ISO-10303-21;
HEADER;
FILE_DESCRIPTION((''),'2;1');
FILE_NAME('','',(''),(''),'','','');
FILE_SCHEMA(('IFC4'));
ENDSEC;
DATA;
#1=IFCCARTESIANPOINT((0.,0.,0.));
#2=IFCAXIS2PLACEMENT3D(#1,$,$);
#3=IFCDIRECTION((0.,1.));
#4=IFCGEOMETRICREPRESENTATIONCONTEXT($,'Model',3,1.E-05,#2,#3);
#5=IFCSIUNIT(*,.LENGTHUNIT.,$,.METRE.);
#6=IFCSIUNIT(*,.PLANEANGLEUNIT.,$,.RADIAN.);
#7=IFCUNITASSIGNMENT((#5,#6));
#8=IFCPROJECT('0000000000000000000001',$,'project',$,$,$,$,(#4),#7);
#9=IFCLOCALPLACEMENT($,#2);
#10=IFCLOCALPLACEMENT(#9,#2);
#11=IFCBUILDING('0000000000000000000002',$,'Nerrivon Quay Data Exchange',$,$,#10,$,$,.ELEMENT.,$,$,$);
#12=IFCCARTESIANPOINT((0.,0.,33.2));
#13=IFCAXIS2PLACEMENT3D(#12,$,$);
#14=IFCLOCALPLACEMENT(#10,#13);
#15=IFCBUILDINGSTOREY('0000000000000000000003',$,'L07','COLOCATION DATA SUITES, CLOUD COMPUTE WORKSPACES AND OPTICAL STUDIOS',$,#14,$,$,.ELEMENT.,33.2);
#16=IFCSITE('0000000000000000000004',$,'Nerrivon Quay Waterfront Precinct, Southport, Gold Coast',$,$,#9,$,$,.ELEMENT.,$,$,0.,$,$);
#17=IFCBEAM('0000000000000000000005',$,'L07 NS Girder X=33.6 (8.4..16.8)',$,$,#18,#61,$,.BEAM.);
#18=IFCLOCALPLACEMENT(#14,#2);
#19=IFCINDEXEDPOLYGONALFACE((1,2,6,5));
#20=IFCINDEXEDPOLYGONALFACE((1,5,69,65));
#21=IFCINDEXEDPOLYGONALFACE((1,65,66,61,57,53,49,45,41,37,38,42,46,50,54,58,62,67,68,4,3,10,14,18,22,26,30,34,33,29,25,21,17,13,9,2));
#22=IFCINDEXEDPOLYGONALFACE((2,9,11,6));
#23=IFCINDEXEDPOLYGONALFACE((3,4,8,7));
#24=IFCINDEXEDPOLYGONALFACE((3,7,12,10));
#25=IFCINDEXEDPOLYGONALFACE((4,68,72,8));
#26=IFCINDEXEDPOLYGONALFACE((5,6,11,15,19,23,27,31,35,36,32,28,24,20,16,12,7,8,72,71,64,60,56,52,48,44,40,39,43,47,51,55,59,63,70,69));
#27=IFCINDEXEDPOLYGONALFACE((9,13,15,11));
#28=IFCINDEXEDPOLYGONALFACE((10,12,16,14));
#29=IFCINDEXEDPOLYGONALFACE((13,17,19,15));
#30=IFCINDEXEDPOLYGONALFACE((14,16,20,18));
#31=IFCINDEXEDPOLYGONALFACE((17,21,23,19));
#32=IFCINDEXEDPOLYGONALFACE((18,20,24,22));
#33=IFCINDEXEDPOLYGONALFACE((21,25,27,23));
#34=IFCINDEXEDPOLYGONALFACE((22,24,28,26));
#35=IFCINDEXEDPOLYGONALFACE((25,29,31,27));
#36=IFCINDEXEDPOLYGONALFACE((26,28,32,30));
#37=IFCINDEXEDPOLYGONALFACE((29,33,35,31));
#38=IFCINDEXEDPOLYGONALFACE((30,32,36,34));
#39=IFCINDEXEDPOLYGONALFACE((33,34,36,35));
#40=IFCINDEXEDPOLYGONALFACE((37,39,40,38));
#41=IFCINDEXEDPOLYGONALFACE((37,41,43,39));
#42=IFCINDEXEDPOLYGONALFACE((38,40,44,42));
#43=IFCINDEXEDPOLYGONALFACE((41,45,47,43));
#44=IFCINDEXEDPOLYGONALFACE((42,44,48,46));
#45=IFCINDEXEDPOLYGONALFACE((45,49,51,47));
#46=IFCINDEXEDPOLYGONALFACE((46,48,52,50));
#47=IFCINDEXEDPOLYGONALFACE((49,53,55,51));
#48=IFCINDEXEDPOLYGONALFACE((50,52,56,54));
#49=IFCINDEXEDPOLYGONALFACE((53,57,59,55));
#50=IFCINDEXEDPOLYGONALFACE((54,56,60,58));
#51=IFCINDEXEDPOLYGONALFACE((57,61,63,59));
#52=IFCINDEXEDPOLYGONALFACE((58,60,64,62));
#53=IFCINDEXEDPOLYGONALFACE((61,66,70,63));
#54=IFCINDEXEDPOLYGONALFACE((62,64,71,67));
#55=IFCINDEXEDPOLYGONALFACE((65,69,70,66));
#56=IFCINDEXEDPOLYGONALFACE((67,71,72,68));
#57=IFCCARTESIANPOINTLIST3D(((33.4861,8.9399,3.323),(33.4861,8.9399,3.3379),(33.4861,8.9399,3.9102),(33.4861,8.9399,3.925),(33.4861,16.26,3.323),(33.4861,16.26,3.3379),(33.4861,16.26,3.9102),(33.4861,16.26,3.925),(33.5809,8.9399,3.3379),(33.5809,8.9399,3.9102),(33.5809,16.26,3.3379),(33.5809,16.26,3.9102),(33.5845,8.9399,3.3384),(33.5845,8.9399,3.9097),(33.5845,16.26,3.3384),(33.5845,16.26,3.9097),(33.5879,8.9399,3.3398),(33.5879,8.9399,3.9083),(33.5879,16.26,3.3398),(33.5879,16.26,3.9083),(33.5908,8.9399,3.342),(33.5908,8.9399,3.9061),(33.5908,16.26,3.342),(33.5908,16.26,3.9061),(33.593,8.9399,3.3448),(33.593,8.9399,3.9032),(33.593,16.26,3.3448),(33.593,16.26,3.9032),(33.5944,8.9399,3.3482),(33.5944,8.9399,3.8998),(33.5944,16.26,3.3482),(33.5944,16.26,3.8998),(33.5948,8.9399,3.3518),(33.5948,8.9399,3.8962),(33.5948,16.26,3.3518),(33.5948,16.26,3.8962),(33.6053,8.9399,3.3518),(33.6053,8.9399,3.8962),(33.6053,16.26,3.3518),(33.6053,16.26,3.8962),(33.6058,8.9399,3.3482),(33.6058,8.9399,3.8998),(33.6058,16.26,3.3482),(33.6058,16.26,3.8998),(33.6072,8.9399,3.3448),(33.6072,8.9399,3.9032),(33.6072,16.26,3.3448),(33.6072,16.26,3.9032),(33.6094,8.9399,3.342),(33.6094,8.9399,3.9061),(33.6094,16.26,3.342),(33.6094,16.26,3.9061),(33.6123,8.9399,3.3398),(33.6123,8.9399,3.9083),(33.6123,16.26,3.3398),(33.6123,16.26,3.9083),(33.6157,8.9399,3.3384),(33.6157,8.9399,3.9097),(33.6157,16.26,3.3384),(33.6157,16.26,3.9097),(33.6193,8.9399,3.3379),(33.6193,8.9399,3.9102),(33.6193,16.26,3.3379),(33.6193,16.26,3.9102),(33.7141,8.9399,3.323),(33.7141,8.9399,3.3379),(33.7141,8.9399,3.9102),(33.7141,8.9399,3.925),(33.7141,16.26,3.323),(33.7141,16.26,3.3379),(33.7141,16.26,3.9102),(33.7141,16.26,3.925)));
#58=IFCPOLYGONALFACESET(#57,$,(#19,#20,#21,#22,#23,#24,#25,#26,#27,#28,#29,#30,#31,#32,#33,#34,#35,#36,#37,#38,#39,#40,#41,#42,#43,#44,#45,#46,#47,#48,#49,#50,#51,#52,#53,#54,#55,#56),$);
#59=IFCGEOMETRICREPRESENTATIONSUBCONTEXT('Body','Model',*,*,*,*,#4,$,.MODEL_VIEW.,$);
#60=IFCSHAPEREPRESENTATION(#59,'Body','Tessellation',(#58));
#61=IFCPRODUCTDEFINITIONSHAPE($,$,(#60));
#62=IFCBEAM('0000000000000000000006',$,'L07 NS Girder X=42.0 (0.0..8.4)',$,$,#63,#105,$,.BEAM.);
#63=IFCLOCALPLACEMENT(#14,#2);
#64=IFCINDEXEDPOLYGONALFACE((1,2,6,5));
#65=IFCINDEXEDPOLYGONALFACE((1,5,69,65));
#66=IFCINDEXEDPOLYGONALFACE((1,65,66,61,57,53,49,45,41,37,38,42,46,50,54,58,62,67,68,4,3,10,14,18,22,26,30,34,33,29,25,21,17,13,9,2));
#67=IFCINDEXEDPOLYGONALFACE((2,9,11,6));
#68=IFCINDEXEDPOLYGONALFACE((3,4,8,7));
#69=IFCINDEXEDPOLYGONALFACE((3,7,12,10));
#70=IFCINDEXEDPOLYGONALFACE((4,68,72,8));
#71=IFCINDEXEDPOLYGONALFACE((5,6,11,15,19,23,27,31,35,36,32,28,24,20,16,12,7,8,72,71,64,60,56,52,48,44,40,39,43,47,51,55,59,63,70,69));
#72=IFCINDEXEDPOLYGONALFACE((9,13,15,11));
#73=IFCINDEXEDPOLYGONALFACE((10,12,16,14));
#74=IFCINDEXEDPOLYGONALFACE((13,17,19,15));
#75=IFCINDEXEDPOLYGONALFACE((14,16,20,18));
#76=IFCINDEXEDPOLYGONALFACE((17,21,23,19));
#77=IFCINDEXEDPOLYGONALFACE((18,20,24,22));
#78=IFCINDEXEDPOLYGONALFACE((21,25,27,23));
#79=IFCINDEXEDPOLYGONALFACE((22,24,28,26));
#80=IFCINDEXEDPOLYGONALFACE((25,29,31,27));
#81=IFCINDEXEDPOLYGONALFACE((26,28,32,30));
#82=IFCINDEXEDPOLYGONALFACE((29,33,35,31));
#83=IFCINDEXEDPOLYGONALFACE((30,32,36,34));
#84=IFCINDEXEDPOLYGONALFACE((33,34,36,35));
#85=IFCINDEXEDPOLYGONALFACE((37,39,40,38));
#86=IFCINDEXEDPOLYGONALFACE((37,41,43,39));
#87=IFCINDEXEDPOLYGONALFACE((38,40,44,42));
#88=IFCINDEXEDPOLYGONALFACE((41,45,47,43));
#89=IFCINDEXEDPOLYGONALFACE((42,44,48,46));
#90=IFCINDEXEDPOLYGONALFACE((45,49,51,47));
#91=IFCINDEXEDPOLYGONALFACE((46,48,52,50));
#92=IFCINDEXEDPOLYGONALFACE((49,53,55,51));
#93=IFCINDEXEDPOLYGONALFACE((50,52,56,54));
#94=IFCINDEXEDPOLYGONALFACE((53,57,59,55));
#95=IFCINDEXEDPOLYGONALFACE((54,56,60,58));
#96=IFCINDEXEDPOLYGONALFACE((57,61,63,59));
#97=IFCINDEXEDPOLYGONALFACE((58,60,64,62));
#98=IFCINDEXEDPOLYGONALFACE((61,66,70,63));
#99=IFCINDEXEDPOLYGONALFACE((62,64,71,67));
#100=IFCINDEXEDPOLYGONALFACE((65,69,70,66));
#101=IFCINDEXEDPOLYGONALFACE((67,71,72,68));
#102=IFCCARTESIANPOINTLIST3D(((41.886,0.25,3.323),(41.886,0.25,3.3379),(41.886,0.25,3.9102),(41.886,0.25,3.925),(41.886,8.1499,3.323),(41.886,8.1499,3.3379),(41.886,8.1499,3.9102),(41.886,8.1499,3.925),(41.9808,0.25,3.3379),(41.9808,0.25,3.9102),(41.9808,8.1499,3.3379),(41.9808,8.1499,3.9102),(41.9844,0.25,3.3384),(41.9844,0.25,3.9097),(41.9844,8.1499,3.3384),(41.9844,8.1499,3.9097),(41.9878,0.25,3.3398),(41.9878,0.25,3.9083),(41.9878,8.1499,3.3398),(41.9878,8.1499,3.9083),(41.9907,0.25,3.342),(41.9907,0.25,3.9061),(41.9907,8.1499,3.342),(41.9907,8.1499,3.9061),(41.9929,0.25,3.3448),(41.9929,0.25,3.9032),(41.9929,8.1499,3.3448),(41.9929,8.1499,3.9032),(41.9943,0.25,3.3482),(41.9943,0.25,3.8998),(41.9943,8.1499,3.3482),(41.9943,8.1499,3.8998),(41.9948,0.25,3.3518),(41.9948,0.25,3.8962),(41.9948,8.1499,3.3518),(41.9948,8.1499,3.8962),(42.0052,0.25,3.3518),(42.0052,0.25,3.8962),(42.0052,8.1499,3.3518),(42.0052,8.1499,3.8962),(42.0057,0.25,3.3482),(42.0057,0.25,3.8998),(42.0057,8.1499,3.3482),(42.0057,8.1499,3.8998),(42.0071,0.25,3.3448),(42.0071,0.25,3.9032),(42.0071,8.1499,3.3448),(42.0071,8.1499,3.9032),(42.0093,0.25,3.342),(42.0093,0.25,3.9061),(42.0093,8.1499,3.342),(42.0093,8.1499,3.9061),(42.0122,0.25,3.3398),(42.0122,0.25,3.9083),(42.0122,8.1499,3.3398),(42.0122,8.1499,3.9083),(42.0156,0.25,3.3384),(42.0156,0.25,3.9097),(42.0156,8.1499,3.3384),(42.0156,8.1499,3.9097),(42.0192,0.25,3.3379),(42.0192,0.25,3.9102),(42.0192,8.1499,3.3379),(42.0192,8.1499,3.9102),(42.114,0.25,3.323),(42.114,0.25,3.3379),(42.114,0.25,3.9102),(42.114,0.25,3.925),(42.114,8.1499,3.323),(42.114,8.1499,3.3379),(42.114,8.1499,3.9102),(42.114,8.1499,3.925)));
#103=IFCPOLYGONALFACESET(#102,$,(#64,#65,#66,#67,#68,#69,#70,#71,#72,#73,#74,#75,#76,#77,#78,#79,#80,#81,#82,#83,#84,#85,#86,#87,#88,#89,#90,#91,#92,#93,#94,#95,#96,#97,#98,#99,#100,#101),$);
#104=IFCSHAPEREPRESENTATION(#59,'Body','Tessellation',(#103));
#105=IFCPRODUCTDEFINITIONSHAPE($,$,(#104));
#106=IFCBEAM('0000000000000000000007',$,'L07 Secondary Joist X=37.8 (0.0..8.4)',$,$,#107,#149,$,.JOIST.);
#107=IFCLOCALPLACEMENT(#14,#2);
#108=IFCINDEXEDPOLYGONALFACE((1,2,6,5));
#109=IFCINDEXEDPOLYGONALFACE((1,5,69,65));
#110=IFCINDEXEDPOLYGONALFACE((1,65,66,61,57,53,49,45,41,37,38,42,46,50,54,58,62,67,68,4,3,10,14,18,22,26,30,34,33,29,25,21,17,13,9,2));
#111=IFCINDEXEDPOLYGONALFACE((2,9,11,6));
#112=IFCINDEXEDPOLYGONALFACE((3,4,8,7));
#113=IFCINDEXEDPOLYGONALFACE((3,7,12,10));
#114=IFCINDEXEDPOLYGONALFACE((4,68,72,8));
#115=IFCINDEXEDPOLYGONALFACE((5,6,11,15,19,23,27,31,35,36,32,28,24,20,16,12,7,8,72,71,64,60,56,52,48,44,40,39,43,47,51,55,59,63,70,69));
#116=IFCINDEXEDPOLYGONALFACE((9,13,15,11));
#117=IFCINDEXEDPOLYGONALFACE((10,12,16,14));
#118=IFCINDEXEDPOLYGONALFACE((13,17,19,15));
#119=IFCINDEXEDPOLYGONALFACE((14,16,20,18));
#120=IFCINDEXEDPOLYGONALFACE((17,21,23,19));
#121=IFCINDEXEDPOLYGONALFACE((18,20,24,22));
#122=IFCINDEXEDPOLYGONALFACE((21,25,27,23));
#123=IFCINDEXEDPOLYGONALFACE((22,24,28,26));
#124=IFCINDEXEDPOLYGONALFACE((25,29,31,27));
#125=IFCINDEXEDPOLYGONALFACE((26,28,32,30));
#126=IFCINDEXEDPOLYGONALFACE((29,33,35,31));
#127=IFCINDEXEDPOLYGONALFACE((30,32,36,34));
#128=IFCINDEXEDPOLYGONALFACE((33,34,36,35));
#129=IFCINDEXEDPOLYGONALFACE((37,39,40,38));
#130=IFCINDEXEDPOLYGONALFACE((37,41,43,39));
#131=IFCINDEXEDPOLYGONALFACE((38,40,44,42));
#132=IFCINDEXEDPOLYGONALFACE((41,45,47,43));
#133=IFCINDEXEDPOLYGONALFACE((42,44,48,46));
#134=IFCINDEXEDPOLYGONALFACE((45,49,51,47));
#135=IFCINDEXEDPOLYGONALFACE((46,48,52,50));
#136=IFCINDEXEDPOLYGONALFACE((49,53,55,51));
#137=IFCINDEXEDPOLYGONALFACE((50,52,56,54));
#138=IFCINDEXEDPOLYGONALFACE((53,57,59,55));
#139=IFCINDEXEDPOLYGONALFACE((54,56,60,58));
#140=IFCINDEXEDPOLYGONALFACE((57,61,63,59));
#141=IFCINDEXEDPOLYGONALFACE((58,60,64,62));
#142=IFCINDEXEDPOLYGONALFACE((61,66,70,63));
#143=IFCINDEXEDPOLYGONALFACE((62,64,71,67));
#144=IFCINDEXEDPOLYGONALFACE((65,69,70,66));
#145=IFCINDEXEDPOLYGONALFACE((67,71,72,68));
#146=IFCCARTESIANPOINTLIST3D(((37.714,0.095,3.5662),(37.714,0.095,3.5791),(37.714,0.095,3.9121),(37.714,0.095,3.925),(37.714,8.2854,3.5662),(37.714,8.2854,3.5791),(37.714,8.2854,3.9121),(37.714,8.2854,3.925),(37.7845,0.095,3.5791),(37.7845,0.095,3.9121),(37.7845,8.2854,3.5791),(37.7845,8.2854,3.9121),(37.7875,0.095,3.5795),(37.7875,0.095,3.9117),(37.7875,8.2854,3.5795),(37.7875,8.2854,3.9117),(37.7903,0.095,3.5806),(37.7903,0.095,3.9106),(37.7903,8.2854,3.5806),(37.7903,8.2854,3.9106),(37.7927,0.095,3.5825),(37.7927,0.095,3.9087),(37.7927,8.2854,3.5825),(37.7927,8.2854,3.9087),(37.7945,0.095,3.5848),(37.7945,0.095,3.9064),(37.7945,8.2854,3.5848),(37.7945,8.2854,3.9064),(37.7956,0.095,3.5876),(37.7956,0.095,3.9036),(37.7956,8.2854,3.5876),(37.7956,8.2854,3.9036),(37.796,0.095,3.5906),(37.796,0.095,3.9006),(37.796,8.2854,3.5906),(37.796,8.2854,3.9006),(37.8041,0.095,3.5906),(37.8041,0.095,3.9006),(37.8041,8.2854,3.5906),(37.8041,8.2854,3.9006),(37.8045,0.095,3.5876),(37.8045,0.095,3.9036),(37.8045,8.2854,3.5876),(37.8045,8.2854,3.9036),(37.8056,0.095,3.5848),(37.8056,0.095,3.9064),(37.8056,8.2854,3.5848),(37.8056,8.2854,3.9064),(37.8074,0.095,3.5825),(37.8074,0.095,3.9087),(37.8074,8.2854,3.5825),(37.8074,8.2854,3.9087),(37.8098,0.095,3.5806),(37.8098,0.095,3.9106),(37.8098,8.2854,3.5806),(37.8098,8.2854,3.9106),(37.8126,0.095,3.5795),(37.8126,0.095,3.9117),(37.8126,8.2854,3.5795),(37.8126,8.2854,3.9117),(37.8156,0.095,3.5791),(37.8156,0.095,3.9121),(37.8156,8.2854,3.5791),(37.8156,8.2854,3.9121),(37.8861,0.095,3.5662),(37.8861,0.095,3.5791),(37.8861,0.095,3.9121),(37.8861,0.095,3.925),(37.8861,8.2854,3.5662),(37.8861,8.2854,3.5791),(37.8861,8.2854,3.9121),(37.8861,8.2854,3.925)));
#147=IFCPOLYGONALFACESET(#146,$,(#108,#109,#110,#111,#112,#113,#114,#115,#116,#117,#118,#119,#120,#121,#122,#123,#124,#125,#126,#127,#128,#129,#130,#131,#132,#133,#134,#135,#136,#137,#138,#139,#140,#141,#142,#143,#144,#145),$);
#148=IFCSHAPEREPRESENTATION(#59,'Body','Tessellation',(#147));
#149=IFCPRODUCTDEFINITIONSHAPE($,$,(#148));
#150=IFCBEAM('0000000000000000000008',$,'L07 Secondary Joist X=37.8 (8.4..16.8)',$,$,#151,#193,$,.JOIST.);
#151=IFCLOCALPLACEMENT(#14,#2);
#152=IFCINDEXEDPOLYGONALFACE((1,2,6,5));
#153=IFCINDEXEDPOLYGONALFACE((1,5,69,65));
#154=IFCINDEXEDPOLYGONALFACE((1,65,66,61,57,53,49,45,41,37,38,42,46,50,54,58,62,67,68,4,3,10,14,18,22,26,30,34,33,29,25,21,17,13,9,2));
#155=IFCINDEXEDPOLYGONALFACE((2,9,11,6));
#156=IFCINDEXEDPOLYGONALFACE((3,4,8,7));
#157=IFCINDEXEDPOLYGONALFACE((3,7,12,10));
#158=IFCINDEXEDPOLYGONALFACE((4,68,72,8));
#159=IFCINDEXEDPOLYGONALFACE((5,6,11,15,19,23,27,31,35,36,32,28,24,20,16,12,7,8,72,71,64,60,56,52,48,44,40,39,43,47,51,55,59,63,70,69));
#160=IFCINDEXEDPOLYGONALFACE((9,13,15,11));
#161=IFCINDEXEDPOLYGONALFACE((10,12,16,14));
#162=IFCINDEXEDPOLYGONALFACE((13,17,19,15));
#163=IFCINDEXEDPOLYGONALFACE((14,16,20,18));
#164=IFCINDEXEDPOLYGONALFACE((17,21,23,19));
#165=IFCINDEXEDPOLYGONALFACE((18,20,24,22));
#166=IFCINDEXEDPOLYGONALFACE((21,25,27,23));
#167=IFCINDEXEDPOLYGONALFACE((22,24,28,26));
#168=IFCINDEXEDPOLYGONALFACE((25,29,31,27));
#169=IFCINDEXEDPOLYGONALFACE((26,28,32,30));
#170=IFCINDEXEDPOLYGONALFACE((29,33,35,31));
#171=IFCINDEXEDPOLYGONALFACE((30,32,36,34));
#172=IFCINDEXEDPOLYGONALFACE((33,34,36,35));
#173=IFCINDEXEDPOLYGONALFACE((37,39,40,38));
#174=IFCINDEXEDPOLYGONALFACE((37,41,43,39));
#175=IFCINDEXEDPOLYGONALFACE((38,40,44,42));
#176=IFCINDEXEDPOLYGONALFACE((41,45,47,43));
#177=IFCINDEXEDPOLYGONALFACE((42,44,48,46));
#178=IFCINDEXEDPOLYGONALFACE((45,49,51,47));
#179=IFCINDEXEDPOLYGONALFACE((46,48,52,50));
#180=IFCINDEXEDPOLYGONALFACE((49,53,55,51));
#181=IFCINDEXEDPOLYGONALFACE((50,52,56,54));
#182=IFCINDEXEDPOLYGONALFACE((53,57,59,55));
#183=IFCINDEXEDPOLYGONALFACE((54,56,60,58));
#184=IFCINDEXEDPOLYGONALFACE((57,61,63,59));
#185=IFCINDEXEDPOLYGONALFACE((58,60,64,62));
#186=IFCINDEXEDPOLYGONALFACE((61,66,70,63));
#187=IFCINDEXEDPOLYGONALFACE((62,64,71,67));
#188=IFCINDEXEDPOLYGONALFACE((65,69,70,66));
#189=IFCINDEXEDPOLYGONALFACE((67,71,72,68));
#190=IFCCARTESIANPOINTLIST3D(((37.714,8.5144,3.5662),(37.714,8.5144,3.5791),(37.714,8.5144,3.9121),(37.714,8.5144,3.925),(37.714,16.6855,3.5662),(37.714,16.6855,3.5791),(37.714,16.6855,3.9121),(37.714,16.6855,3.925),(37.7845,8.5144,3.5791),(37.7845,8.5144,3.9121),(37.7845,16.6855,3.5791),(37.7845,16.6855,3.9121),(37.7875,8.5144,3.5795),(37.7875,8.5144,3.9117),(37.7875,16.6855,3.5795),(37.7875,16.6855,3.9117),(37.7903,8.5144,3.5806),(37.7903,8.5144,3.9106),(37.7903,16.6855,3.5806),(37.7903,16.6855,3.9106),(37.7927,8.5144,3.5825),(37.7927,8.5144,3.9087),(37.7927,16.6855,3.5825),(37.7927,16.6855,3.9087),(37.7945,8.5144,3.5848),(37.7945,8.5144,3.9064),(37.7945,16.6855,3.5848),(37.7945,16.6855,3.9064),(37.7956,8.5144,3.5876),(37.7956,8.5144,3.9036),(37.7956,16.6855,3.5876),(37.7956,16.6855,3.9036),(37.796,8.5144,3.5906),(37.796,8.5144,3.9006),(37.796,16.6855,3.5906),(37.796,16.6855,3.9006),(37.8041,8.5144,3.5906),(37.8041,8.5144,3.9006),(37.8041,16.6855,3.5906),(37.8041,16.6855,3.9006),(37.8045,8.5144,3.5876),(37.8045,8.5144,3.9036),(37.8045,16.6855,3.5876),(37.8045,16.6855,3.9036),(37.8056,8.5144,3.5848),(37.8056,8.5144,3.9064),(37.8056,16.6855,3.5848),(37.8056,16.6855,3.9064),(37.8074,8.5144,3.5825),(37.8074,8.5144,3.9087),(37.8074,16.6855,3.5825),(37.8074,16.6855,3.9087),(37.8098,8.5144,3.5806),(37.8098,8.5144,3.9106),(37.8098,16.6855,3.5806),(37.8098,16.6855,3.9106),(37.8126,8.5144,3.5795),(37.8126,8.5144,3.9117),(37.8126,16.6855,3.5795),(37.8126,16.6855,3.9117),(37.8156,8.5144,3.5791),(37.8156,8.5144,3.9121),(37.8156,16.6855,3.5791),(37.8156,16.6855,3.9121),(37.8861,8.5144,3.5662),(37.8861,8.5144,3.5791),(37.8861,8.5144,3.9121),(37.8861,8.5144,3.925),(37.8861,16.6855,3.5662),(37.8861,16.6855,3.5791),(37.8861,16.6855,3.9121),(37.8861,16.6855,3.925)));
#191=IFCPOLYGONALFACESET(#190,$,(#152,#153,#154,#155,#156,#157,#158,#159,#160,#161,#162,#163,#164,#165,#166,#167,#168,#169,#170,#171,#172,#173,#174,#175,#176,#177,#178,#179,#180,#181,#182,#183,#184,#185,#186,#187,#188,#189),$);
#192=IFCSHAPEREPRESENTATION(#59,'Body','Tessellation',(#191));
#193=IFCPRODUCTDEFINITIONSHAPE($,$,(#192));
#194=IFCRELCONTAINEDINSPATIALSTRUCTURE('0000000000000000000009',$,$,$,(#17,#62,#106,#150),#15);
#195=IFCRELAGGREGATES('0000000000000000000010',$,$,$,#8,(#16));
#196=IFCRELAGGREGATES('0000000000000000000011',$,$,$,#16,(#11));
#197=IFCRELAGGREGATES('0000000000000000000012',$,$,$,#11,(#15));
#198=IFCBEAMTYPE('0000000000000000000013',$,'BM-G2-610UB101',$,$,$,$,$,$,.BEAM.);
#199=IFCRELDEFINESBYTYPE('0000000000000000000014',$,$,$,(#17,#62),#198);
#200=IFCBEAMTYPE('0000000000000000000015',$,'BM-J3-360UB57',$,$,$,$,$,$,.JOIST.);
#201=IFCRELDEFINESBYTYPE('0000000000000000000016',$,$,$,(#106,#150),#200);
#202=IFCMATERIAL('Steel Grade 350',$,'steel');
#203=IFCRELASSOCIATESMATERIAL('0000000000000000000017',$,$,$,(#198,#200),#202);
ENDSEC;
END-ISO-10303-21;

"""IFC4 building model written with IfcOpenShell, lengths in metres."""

from ifc_helpers import new_model, si_unit, direction, frame, origin, origin_2d, place, context, subcontext, project, spatial, i_section, extrude, material, material_profile, profile_set, type_object, element, save


model = new_model("IFC4")

# Units and contexts
model_context = context("Model", 3, precision=1e-05, world=origin(), true_north=direction((0.0, 1.0)))
body_context = subcontext(model_context, "Body", "Model", "MODEL_VIEW")
ifc_project = project(units=[si_unit("LENGTHUNIT", "METRE"), si_unit("PLANEANGLEUNIT", "RADIAN")], contexts=[model_context])

# Site, building, storey
site_placement = place(None, origin())
site = spatial("IfcSite", under=ifc_project, at=site_placement, Name="Nerrivon Quay Waterfront Precinct, Southport, Gold Coast", CompositionType="ELEMENT", RefElevation=0.0)
building_placement = place(site_placement, origin())
building = spatial("IfcBuilding", under=site, at=building_placement, Name="Nerrivon Quay Data Exchange", CompositionType="ELEMENT")
storey_placement = place(building_placement, frame((0.0, 0.0, 33.2)))
storey = spatial("IfcBuildingStorey", under=building, at=storey_placement, Name="L07", Description="COLOCATION DATA SUITES, CLOUD COMPUTE WORKSPACES AND OPTICAL STUDIOS", CompositionType="ELEMENT", Elevation=33.2)

# Shared definitions
ifc_material_1 = material(Name="Steel Grade 350", Category="steel")

# Beams
ifc_material_profile_1 = material_profile(ifc_material_1, i_section(OverallWidth=0.228, OverallDepth=0.6021, WebThickness=0.0105, FlangeThickness=0.0149, FilletRadius=0.0139, at=origin_2d()), Name="610UB101")
ifc_profile_set_1 = profile_set([ifc_material_profile_1], Name="Steel Grade 350")
beam_type_1 = type_object("IfcBeamType", Name="BM-G2-610UB101", PredefinedType="BEAM", material=ifc_profile_set_1)
beam_1_placement = place(storey_placement, frame((33.6001, 8.9399, 3.624), z_axis=(0.0, 1.0, 0.0), x_axis=(-1.0, 0.0, 0.0)))
element("IfcBeam", 1, at=beam_1_placement, inside=storey, type_object=beam_type_1, Name="L07 NS Girder X=33.6 (8.4..16.8)", PredefinedType="BEAM", context=body_context, shape_type="SweptSolid", body=[
    extrude(i_section(OverallWidth=0.228, OverallDepth=0.6021, WebThickness=0.0105, FlangeThickness=0.0149, FilletRadius=0.0139, at=origin_2d()), origin(), (0.0, 0.0, 1.0), 7.3201),
])
beam_2_placement = place(storey_placement, frame((42.0, 0.25, 3.624), z_axis=(0.0, 1.0, 0.0), x_axis=(-1.0, 0.0, 0.0)))
element("IfcBeam", 2, at=beam_2_placement, inside=storey, type_object=beam_type_1, Name="L07 NS Girder X=42.0 (0.0..8.4)", PredefinedType="BEAM", context=body_context, shape_type="SweptSolid", body=[
    extrude(i_section(OverallWidth=0.228, OverallDepth=0.6021, WebThickness=0.0105, FlangeThickness=0.0149, FilletRadius=0.0139, at=origin_2d()), origin(), (0.0, 0.0, 1.0), 7.8999),
])
ifc_material_profile_2 = material_profile(ifc_material_1, i_section(OverallWidth=0.1721, OverallDepth=0.3589, WebThickness=0.0081, FlangeThickness=0.0129, FilletRadius=0.0115, at=origin_2d()), Name="360UB56.7")
ifc_profile_set_2 = profile_set([ifc_material_profile_2], Name="Steel Grade 350")
beam_type_2 = type_object("IfcBeamType", Name="BM-J3-360UB57", PredefinedType="JOIST", material=ifc_profile_set_2)
beam_3_placement = place(storey_placement, frame((37.8, 0.095, 3.7456), z_axis=(0.0, 1.0, 0.0), x_axis=(-1.0, 0.0, 0.0)))
element("IfcBeam", 3, at=beam_3_placement, inside=storey, type_object=beam_type_2, Name="L07 Secondary Joist X=37.8 (0.0..8.4)", PredefinedType="JOIST", context=body_context, shape_type="SweptSolid", body=[
    extrude(i_section(OverallWidth=0.1721, OverallDepth=0.3589, WebThickness=0.0081, FlangeThickness=0.0129, FilletRadius=0.0115, at=origin_2d()), origin(), (0.0, 0.0, 1.0), 8.1904),
])
beam_4_placement = place(storey_placement, frame((37.8, 8.5144, 3.7456), z_axis=(0.0, 1.0, 0.0), x_axis=(-1.0, 0.0, 0.0)))
element("IfcBeam", 4, at=beam_4_placement, inside=storey, type_object=beam_type_2, Name="L07 Secondary Joist X=37.8 (8.4..16.8)", PredefinedType="JOIST", context=body_context, shape_type="SweptSolid", body=[
    extrude(i_section(OverallWidth=0.1721, OverallDepth=0.3589, WebThickness=0.0081, FlangeThickness=0.0129, FilletRadius=0.0115, at=origin_2d()), origin(), (0.0, 0.0, 1.0), 8.1711),
])

save(model, "model.ifc")
